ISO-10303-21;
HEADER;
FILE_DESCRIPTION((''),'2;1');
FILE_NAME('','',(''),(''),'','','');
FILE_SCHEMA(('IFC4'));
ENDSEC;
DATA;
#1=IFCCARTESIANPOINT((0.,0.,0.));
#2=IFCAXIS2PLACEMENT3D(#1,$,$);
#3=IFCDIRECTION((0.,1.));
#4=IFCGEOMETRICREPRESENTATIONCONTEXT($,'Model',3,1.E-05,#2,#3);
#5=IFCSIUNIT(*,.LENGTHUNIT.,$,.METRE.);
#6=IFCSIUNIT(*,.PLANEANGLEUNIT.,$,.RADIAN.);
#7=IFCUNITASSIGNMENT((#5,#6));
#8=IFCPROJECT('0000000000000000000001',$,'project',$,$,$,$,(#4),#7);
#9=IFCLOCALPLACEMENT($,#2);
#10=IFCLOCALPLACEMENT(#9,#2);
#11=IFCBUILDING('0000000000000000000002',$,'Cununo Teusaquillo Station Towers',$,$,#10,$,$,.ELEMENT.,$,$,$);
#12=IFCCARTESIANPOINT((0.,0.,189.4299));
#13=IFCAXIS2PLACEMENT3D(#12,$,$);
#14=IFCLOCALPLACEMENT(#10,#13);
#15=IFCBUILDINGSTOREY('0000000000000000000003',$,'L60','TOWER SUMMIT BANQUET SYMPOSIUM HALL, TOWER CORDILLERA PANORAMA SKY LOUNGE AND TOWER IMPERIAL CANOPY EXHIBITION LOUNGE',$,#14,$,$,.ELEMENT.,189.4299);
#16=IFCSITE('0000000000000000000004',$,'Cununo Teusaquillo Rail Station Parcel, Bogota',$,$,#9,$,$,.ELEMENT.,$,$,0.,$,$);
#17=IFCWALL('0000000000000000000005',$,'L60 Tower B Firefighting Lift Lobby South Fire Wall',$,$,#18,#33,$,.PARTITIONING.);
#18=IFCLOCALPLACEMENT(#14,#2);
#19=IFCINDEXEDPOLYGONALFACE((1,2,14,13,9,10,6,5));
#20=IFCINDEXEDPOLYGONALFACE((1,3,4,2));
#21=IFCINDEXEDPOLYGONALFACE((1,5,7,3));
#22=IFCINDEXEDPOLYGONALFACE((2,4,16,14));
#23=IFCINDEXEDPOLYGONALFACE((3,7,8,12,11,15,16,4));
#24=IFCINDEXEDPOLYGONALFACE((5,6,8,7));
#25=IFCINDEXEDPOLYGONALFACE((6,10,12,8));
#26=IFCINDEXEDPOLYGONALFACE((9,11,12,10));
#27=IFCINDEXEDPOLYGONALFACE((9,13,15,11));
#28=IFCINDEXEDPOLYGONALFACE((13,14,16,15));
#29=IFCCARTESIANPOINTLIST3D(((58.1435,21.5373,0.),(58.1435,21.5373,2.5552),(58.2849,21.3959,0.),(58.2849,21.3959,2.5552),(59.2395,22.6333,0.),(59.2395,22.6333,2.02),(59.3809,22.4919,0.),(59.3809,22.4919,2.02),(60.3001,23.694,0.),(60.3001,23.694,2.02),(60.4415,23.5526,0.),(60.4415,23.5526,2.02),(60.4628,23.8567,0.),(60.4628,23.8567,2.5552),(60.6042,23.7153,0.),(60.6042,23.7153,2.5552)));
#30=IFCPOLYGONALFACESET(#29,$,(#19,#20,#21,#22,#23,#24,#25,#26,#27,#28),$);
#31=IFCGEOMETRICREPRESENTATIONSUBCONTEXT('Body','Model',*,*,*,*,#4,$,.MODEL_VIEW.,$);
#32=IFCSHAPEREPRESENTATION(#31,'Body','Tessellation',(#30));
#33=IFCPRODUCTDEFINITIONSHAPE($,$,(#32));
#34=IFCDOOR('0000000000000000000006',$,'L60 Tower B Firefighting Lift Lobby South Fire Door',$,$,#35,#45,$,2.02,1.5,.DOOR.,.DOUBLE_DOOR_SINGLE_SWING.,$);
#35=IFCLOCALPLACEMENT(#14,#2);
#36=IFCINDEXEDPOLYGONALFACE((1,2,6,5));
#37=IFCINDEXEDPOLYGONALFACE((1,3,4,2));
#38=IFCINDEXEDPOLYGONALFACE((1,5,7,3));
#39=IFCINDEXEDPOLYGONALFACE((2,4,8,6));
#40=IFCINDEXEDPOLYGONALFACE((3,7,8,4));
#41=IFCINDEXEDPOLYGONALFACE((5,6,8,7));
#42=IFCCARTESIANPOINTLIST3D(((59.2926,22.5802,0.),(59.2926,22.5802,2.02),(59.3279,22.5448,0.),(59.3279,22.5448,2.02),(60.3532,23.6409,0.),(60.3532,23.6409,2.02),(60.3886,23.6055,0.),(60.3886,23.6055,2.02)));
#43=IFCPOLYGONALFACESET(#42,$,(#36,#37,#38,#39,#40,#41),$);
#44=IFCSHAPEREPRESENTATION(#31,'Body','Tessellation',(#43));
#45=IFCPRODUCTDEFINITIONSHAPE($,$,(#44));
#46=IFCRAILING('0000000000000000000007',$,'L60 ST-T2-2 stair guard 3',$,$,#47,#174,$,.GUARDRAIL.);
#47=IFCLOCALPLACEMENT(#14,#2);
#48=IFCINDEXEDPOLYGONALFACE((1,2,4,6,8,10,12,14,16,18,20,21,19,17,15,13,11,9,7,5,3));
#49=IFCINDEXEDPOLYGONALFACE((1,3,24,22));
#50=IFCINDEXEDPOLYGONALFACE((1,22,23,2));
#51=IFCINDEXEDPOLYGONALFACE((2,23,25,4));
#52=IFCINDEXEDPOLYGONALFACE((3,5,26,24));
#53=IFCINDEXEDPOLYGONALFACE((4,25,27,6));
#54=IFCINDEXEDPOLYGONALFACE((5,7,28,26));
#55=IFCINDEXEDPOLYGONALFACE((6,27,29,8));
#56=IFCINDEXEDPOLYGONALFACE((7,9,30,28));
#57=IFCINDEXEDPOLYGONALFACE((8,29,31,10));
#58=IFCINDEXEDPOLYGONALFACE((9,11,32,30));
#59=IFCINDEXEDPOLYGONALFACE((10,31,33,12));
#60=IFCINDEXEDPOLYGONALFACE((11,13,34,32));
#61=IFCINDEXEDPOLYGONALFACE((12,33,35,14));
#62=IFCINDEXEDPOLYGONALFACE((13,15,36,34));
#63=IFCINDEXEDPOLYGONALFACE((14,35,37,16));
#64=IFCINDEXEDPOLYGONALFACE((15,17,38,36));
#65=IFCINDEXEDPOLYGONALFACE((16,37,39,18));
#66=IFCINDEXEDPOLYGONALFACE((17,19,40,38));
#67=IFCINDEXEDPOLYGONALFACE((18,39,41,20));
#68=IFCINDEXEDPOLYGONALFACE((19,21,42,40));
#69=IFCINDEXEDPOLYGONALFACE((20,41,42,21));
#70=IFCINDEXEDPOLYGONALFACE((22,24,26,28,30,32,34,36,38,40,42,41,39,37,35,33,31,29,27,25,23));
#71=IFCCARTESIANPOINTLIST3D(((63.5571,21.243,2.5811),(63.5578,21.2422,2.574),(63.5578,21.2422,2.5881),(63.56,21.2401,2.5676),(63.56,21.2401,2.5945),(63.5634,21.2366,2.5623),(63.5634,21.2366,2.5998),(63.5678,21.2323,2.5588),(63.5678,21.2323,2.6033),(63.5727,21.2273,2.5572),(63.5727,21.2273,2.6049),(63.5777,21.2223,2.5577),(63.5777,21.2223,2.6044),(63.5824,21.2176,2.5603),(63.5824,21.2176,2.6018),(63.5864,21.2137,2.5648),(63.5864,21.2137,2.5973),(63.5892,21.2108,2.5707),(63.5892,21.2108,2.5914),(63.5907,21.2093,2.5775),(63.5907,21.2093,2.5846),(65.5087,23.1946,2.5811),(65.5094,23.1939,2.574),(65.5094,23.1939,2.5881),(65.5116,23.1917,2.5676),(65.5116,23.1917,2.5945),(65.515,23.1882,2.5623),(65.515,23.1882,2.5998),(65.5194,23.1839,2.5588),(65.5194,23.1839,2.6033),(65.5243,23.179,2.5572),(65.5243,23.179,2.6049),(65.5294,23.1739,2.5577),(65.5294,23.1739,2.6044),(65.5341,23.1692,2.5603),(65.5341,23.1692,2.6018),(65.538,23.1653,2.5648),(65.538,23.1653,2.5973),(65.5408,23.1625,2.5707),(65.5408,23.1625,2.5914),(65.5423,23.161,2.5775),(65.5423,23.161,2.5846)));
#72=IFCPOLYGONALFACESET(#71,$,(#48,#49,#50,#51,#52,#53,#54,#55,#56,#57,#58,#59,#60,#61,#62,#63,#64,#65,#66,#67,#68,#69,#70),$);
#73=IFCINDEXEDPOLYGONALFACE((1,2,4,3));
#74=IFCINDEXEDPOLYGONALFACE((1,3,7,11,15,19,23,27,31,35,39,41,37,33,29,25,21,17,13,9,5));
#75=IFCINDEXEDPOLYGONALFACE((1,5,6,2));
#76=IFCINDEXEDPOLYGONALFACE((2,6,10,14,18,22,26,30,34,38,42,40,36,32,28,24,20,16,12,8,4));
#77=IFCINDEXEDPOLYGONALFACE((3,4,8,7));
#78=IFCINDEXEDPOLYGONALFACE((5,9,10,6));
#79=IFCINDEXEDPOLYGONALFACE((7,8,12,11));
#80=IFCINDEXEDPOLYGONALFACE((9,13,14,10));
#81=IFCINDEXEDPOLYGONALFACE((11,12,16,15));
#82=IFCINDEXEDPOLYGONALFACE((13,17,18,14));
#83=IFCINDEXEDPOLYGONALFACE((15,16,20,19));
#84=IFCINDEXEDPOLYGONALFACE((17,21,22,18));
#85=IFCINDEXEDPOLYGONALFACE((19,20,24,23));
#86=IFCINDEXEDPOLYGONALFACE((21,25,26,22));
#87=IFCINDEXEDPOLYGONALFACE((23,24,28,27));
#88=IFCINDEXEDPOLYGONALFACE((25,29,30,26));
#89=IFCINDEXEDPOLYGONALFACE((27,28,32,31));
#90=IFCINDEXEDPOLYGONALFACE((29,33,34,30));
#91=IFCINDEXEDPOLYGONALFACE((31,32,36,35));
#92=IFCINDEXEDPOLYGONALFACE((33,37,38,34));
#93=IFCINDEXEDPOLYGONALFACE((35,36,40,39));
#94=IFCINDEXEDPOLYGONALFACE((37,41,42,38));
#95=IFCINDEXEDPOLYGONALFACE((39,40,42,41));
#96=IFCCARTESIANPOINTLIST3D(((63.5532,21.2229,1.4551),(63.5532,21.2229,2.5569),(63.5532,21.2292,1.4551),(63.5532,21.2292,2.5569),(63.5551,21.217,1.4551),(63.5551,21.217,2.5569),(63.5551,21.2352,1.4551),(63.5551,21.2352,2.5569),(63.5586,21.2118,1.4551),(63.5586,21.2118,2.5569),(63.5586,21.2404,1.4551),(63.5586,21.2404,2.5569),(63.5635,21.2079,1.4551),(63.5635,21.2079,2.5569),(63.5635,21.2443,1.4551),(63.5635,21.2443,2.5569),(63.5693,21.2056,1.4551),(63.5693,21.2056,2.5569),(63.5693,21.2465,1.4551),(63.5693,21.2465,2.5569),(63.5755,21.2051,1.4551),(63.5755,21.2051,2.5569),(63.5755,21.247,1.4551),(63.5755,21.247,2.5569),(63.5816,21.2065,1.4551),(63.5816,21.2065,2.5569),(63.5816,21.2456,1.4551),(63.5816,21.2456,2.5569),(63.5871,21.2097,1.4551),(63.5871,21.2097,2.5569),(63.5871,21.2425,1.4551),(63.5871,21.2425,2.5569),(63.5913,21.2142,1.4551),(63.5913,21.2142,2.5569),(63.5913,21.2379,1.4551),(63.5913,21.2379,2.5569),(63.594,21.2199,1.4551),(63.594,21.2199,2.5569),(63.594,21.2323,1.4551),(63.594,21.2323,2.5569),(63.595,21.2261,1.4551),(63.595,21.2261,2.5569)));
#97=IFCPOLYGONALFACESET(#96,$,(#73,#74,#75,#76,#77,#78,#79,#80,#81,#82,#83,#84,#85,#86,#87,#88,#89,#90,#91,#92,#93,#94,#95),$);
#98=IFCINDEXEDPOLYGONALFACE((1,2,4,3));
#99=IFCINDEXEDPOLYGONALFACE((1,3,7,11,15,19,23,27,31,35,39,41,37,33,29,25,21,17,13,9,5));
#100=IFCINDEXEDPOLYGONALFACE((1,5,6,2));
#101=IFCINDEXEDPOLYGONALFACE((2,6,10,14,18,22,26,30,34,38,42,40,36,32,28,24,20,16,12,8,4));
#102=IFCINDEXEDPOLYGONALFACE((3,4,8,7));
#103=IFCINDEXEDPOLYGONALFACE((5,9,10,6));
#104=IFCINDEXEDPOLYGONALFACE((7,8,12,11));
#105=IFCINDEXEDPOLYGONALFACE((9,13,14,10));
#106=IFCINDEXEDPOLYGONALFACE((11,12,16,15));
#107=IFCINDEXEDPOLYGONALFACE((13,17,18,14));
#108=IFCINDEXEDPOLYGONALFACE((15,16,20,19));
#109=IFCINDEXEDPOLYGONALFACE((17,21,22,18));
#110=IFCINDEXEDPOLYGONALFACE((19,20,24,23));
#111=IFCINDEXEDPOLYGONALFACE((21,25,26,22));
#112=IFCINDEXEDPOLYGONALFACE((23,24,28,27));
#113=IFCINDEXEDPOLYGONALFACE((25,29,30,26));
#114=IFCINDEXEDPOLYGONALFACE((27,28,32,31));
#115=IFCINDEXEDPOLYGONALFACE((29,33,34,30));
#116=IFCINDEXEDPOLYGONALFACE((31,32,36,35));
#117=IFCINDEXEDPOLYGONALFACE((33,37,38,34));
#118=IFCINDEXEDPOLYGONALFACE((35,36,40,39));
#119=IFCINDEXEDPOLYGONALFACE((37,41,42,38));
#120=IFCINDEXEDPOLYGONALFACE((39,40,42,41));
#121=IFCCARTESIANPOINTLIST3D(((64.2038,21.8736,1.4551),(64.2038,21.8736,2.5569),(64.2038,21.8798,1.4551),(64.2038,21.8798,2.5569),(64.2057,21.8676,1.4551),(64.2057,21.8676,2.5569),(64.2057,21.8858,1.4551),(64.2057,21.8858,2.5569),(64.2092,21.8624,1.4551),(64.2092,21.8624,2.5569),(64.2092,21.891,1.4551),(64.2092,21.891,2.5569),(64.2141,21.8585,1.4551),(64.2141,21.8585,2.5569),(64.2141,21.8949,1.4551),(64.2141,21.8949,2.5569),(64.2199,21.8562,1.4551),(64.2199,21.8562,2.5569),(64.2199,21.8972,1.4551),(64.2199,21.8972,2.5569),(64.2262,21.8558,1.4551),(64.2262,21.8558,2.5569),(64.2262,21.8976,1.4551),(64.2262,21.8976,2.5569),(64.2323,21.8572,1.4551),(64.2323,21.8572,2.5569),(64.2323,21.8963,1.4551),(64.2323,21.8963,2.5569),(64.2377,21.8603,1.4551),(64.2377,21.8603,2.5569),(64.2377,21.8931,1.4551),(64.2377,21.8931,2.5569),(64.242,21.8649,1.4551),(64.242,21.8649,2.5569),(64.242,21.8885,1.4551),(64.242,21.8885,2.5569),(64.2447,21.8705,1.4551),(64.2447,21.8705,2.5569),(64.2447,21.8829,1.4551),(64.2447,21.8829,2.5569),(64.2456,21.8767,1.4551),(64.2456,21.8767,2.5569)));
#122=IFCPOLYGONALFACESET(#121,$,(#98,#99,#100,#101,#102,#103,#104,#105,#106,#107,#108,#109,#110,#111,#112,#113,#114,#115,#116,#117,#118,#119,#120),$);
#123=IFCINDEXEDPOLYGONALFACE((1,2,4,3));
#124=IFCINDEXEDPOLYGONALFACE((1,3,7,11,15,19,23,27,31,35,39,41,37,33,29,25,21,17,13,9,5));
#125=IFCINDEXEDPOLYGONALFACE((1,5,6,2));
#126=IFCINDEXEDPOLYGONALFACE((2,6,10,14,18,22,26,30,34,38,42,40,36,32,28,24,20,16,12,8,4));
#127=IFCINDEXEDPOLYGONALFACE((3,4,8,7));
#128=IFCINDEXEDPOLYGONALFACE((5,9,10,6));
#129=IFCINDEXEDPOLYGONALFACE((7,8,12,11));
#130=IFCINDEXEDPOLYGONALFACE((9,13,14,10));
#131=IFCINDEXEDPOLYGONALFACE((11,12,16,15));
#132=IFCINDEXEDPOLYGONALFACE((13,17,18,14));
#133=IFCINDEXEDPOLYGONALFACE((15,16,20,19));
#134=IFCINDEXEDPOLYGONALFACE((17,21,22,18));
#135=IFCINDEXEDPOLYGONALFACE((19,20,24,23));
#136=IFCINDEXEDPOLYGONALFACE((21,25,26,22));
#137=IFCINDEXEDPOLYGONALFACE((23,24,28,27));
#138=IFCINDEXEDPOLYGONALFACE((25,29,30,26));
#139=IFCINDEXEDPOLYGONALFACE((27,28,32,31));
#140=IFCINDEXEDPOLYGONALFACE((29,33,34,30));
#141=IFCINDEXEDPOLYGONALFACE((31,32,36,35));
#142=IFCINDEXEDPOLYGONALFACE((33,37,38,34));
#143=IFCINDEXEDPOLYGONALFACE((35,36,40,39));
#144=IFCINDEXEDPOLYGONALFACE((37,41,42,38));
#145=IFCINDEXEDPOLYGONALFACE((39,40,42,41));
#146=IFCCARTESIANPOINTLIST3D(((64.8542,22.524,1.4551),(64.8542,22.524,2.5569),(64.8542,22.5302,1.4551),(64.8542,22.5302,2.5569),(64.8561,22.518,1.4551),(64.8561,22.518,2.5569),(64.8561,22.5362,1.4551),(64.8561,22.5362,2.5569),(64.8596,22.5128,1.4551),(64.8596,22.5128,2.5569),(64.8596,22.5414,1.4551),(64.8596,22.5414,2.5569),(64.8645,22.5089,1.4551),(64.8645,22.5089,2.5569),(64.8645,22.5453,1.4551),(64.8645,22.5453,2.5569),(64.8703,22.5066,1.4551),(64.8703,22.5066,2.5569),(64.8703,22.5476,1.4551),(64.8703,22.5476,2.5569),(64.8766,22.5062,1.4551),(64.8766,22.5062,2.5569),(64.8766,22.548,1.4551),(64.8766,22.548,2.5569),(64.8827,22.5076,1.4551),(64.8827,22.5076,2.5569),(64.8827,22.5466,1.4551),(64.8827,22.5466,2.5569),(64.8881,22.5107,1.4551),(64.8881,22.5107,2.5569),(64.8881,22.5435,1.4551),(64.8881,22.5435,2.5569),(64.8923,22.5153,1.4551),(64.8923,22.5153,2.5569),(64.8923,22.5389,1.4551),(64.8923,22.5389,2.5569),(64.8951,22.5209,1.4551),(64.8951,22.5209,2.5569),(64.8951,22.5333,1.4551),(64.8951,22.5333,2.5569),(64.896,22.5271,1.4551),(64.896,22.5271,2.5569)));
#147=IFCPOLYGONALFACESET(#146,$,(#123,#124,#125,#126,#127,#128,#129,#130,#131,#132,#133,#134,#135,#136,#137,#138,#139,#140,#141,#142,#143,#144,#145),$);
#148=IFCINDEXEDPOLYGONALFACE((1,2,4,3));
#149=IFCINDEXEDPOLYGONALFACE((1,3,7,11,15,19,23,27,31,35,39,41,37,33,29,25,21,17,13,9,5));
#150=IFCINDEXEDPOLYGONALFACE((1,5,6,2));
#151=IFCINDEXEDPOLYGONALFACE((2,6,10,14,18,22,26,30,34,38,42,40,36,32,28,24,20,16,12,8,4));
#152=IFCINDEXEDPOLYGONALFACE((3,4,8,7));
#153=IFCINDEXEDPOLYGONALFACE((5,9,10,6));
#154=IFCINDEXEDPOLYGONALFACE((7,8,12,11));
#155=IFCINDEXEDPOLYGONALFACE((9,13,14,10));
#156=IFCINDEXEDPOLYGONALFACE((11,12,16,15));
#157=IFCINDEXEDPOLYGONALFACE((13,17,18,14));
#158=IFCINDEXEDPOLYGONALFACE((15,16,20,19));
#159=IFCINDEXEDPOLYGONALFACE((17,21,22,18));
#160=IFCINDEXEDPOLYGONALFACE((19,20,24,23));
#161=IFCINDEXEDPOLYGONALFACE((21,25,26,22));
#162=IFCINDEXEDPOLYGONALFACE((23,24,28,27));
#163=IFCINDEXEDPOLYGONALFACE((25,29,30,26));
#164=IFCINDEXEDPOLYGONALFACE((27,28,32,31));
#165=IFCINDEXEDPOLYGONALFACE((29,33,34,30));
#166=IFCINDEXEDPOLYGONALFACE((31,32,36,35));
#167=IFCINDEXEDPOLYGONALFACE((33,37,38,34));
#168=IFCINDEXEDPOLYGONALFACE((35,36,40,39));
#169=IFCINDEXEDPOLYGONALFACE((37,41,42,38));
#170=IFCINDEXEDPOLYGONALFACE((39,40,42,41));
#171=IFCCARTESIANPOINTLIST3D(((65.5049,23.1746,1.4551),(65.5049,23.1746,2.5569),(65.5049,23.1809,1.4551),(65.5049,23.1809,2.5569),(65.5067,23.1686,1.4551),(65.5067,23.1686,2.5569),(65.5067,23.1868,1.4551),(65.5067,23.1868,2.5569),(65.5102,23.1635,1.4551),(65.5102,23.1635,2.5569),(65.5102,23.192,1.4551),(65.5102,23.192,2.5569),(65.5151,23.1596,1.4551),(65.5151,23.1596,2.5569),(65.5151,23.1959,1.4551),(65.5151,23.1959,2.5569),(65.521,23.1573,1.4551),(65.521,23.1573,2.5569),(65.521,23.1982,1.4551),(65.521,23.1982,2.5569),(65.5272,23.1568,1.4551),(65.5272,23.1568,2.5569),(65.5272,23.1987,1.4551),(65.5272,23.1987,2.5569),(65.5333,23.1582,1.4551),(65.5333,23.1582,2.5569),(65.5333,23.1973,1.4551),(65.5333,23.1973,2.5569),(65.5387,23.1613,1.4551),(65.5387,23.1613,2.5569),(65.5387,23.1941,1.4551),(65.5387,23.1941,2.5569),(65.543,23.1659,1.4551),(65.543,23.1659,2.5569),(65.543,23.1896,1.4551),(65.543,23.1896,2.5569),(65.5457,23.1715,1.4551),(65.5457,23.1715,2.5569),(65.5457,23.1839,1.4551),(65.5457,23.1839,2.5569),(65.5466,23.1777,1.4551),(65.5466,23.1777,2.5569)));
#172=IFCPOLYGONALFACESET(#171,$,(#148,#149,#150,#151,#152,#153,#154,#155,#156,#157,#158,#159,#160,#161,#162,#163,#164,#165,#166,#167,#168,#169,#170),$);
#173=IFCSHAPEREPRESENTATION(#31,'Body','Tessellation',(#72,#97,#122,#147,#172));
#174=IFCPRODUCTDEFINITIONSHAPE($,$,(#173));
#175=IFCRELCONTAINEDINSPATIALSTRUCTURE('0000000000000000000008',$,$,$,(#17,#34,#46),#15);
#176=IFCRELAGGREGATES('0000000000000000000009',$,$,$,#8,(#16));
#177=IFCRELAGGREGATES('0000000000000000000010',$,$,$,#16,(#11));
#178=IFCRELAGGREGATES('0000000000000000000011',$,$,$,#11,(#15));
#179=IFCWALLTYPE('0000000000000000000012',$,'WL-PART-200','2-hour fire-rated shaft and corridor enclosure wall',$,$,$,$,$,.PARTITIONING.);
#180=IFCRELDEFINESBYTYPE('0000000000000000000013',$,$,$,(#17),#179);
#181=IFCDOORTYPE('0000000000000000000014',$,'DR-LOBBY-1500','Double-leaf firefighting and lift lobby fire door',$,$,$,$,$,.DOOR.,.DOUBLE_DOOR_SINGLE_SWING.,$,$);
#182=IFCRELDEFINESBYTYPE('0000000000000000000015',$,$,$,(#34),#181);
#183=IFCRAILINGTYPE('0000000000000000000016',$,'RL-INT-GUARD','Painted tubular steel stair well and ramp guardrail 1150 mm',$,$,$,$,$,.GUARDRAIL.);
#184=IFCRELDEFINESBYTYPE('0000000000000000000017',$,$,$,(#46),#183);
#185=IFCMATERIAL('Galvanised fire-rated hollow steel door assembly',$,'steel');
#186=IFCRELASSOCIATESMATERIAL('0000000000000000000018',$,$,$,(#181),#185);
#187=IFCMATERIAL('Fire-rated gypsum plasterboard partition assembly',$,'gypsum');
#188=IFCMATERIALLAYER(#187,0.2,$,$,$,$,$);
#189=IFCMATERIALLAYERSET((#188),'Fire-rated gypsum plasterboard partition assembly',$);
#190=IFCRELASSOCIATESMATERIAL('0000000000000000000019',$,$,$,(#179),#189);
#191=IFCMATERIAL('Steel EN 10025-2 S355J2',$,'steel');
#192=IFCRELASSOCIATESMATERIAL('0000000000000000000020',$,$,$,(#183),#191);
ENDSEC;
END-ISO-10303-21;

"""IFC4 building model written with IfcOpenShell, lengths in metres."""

from ifc_helpers import new_model, si_unit, direction, frame, frame_2d, origin, origin_2d, place, context, subcontext, project, spatial, rectangle, circle, extrude, source, transform, mapped, material, layer, layer_set, type_object, element, fill, save


model = new_model("IFC4")

# Units and contexts
model_context = context("Model", 3, precision=1e-05, world=origin(), true_north=direction((0.0, 1.0)))
body_context = subcontext(model_context, "Body", "Model", "MODEL_VIEW")
ifc_project = project(units=[si_unit("LENGTHUNIT", "METRE"), si_unit("PLANEANGLEUNIT", "RADIAN")], contexts=[model_context])

# Site, building, storey
site_placement = place(None, origin())
site = spatial("IfcSite", under=ifc_project, at=site_placement, Name="Cununo Teusaquillo Rail Station Parcel, Bogota", CompositionType="ELEMENT", RefElevation=0.0)
building_placement = place(site_placement, origin())
building = spatial("IfcBuilding", under=site, at=building_placement, Name="Cununo Teusaquillo Station Towers", CompositionType="ELEMENT")
storey_placement = place(building_placement, frame((0.0, 0.0, 189.4299)))
storey = spatial("IfcBuildingStorey", under=building, at=storey_placement, Name="L60", Description="TOWER SUMMIT BANQUET SYMPOSIUM HALL, TOWER CORDILLERA PANORAMA SKY LOUNGE AND TOWER IMPERIAL CANOPY EXHIBITION LOUNGE", CompositionType="ELEMENT", Elevation=189.4299)

# Shared definitions
ifc_material_1 = material(Name="Galvanised fire-rated hollow steel door assembly", Category="steel")
door_type_1 = type_object("IfcDoorType", Name="DR-LOBBY-1500", Description="Double-leaf firefighting and lift lobby fire door", OperationType="DOUBLE_DOOR_SINGLE_SWING", PredefinedType="DOOR", material=ifc_material_1)
shared_shape_1 = source(origin(), body_context, "Body", "SweptSolid", [
    extrude(rectangle(XDim=1.5, YDim=2.02, at=frame_2d((0.75, 1.01))), frame((0.0, 0.0249, 0.0), z_axis=(0.0, -1.0, 0.0), x_axis=(1.0, 0.0, 0.0)), (0.0, 0.0, 1.0), 0.05),
])

# Wall, opening, door
ifc_material_2 = material(Name="Fire-rated gypsum plasterboard partition assembly", Category="gypsum")
ifc_layer_1 = layer(ifc_material_2, 0.2)
ifc_layer_set_1 = layer_set([ifc_layer_1], Name="Fire-rated gypsum plasterboard partition assembly")
wall_type_1 = type_object("IfcWallType", Name="WL-PART-200", Description="2-hour fire-rated shaft and corridor enclosure wall", PredefinedType="PARTITIONING", material=ifc_layer_set_1)
wall_1_placement = place(storey_placement, frame((58.2141, 21.4666, 0.0), z_axis=(0.0, 0.0, 1.0), x_axis=(0.707107, 0.707107, 0.0)))
wall_1 = element("IfcWall", 1, at=wall_1_placement, inside=storey, type_object=wall_type_1, Name="L60 Tower B Firefighting Lift Lobby South Fire Wall", PredefinedType="PARTITIONING", context=body_context, shape_type="SweptSolid", body=[
    extrude(rectangle(XDim=3.28, YDim=0.2, at=frame_2d((1.6401, 0.0))), origin(), (0.0, 0.0, 1.0), 2.5552),
])
shared_shape_2 = source(origin(), body_context, "Body", "SweptSolid", [
    extrude(rectangle(XDim=1.5, YDim=2.02, at=frame_2d((0.75, 1.01))), frame((0.0, 0.1099, 0.0), z_axis=(0.0, -1.0, 0.0), x_axis=(1.0, 0.0, 0.0)), (0.0, 0.0, 1.0), 0.22),
])
opening_1_placement = place(wall_1_placement, frame((1.55, 0.0, 0.0)))
opening_1 = element("IfcOpeningElement", 2, at=opening_1_placement, cuts=wall_1, PredefinedType="OPENING", context=body_context, shape_type="MappedRepresentation", body=[
    mapped(shared_shape_2, transform((0.0, 0.0, 0.0), x_axis=(1.0, 0.0, 0.0), y_axis=(0.0, 1.0, 0.0), z_axis=(0.0, 0.0, 1.0), scale=1.0)),
])
door_1_placement = place(opening_1_placement, origin())
door_1 = element("IfcDoor", 3, at=door_1_placement, inside=storey, type_object=door_type_1, Name="L60 Tower B Firefighting Lift Lobby South Fire Door", OperationType="DOUBLE_DOOR_SINGLE_SWING", OverallHeight=2.02, OverallWidth=1.5, PredefinedType="DOOR", context=body_context, shape_type="MappedRepresentation", body=[
    mapped(shared_shape_1, transform((0.0, 0.0, 0.0), x_axis=(1.0, 0.0, 0.0), y_axis=(0.0, 1.0, 0.0), z_axis=(0.0, 0.0, 1.0), scale=1.0)),
])
fill(opening_1, door_1)

# Railing
ifc_material_3 = material(Name="Steel EN 10025-2 S355J2", Category="steel")
railing_type = type_object("IfcRailingType", Name="RL-INT-GUARD", Description="Painted tubular steel stair well and ramp guardrail 1150 mm", PredefinedType="GUARDRAIL", material=ifc_material_3)
railing_1_placement = place(storey_placement, frame((63.574, 21.2261, 1.4551)))
element("IfcRailing", 4, at=railing_1_placement, inside=storey, type_object=railing_type, Name="L60 ST-T2-2 stair guard 3", PredefinedType="GUARDRAIL", context=body_context, shape_type="SweptSolid", body=[
    extrude(circle(Radius=0.0239, at=origin_2d()), frame((0.0, 0.0, 1.126), z_axis=(0.707107, 0.707107, 0.0), x_axis=(-0.707107, 0.707107, 0.0)), (0.0, 0.0, 1.0), 2.76),
    extrude(circle(Radius=0.021, at=origin_2d()), origin(), (0.0, 0.0, 1.0), 1.1018),
    extrude(circle(Radius=0.021, at=origin_2d()), frame((0.6506, 0.6506, 0.0)), (0.0, 0.0, 1.0), 1.1018),
    extrude(circle(Radius=0.021, at=origin_2d()), frame((1.301, 1.301, 0.0)), (0.0, 0.0, 1.0), 1.1018),
    extrude(circle(Radius=0.021, at=origin_2d()), frame((1.9517, 1.9517, 0.0)), (0.0, 0.0, 1.0), 1.1018),
])

save(model, "model.ifc")
